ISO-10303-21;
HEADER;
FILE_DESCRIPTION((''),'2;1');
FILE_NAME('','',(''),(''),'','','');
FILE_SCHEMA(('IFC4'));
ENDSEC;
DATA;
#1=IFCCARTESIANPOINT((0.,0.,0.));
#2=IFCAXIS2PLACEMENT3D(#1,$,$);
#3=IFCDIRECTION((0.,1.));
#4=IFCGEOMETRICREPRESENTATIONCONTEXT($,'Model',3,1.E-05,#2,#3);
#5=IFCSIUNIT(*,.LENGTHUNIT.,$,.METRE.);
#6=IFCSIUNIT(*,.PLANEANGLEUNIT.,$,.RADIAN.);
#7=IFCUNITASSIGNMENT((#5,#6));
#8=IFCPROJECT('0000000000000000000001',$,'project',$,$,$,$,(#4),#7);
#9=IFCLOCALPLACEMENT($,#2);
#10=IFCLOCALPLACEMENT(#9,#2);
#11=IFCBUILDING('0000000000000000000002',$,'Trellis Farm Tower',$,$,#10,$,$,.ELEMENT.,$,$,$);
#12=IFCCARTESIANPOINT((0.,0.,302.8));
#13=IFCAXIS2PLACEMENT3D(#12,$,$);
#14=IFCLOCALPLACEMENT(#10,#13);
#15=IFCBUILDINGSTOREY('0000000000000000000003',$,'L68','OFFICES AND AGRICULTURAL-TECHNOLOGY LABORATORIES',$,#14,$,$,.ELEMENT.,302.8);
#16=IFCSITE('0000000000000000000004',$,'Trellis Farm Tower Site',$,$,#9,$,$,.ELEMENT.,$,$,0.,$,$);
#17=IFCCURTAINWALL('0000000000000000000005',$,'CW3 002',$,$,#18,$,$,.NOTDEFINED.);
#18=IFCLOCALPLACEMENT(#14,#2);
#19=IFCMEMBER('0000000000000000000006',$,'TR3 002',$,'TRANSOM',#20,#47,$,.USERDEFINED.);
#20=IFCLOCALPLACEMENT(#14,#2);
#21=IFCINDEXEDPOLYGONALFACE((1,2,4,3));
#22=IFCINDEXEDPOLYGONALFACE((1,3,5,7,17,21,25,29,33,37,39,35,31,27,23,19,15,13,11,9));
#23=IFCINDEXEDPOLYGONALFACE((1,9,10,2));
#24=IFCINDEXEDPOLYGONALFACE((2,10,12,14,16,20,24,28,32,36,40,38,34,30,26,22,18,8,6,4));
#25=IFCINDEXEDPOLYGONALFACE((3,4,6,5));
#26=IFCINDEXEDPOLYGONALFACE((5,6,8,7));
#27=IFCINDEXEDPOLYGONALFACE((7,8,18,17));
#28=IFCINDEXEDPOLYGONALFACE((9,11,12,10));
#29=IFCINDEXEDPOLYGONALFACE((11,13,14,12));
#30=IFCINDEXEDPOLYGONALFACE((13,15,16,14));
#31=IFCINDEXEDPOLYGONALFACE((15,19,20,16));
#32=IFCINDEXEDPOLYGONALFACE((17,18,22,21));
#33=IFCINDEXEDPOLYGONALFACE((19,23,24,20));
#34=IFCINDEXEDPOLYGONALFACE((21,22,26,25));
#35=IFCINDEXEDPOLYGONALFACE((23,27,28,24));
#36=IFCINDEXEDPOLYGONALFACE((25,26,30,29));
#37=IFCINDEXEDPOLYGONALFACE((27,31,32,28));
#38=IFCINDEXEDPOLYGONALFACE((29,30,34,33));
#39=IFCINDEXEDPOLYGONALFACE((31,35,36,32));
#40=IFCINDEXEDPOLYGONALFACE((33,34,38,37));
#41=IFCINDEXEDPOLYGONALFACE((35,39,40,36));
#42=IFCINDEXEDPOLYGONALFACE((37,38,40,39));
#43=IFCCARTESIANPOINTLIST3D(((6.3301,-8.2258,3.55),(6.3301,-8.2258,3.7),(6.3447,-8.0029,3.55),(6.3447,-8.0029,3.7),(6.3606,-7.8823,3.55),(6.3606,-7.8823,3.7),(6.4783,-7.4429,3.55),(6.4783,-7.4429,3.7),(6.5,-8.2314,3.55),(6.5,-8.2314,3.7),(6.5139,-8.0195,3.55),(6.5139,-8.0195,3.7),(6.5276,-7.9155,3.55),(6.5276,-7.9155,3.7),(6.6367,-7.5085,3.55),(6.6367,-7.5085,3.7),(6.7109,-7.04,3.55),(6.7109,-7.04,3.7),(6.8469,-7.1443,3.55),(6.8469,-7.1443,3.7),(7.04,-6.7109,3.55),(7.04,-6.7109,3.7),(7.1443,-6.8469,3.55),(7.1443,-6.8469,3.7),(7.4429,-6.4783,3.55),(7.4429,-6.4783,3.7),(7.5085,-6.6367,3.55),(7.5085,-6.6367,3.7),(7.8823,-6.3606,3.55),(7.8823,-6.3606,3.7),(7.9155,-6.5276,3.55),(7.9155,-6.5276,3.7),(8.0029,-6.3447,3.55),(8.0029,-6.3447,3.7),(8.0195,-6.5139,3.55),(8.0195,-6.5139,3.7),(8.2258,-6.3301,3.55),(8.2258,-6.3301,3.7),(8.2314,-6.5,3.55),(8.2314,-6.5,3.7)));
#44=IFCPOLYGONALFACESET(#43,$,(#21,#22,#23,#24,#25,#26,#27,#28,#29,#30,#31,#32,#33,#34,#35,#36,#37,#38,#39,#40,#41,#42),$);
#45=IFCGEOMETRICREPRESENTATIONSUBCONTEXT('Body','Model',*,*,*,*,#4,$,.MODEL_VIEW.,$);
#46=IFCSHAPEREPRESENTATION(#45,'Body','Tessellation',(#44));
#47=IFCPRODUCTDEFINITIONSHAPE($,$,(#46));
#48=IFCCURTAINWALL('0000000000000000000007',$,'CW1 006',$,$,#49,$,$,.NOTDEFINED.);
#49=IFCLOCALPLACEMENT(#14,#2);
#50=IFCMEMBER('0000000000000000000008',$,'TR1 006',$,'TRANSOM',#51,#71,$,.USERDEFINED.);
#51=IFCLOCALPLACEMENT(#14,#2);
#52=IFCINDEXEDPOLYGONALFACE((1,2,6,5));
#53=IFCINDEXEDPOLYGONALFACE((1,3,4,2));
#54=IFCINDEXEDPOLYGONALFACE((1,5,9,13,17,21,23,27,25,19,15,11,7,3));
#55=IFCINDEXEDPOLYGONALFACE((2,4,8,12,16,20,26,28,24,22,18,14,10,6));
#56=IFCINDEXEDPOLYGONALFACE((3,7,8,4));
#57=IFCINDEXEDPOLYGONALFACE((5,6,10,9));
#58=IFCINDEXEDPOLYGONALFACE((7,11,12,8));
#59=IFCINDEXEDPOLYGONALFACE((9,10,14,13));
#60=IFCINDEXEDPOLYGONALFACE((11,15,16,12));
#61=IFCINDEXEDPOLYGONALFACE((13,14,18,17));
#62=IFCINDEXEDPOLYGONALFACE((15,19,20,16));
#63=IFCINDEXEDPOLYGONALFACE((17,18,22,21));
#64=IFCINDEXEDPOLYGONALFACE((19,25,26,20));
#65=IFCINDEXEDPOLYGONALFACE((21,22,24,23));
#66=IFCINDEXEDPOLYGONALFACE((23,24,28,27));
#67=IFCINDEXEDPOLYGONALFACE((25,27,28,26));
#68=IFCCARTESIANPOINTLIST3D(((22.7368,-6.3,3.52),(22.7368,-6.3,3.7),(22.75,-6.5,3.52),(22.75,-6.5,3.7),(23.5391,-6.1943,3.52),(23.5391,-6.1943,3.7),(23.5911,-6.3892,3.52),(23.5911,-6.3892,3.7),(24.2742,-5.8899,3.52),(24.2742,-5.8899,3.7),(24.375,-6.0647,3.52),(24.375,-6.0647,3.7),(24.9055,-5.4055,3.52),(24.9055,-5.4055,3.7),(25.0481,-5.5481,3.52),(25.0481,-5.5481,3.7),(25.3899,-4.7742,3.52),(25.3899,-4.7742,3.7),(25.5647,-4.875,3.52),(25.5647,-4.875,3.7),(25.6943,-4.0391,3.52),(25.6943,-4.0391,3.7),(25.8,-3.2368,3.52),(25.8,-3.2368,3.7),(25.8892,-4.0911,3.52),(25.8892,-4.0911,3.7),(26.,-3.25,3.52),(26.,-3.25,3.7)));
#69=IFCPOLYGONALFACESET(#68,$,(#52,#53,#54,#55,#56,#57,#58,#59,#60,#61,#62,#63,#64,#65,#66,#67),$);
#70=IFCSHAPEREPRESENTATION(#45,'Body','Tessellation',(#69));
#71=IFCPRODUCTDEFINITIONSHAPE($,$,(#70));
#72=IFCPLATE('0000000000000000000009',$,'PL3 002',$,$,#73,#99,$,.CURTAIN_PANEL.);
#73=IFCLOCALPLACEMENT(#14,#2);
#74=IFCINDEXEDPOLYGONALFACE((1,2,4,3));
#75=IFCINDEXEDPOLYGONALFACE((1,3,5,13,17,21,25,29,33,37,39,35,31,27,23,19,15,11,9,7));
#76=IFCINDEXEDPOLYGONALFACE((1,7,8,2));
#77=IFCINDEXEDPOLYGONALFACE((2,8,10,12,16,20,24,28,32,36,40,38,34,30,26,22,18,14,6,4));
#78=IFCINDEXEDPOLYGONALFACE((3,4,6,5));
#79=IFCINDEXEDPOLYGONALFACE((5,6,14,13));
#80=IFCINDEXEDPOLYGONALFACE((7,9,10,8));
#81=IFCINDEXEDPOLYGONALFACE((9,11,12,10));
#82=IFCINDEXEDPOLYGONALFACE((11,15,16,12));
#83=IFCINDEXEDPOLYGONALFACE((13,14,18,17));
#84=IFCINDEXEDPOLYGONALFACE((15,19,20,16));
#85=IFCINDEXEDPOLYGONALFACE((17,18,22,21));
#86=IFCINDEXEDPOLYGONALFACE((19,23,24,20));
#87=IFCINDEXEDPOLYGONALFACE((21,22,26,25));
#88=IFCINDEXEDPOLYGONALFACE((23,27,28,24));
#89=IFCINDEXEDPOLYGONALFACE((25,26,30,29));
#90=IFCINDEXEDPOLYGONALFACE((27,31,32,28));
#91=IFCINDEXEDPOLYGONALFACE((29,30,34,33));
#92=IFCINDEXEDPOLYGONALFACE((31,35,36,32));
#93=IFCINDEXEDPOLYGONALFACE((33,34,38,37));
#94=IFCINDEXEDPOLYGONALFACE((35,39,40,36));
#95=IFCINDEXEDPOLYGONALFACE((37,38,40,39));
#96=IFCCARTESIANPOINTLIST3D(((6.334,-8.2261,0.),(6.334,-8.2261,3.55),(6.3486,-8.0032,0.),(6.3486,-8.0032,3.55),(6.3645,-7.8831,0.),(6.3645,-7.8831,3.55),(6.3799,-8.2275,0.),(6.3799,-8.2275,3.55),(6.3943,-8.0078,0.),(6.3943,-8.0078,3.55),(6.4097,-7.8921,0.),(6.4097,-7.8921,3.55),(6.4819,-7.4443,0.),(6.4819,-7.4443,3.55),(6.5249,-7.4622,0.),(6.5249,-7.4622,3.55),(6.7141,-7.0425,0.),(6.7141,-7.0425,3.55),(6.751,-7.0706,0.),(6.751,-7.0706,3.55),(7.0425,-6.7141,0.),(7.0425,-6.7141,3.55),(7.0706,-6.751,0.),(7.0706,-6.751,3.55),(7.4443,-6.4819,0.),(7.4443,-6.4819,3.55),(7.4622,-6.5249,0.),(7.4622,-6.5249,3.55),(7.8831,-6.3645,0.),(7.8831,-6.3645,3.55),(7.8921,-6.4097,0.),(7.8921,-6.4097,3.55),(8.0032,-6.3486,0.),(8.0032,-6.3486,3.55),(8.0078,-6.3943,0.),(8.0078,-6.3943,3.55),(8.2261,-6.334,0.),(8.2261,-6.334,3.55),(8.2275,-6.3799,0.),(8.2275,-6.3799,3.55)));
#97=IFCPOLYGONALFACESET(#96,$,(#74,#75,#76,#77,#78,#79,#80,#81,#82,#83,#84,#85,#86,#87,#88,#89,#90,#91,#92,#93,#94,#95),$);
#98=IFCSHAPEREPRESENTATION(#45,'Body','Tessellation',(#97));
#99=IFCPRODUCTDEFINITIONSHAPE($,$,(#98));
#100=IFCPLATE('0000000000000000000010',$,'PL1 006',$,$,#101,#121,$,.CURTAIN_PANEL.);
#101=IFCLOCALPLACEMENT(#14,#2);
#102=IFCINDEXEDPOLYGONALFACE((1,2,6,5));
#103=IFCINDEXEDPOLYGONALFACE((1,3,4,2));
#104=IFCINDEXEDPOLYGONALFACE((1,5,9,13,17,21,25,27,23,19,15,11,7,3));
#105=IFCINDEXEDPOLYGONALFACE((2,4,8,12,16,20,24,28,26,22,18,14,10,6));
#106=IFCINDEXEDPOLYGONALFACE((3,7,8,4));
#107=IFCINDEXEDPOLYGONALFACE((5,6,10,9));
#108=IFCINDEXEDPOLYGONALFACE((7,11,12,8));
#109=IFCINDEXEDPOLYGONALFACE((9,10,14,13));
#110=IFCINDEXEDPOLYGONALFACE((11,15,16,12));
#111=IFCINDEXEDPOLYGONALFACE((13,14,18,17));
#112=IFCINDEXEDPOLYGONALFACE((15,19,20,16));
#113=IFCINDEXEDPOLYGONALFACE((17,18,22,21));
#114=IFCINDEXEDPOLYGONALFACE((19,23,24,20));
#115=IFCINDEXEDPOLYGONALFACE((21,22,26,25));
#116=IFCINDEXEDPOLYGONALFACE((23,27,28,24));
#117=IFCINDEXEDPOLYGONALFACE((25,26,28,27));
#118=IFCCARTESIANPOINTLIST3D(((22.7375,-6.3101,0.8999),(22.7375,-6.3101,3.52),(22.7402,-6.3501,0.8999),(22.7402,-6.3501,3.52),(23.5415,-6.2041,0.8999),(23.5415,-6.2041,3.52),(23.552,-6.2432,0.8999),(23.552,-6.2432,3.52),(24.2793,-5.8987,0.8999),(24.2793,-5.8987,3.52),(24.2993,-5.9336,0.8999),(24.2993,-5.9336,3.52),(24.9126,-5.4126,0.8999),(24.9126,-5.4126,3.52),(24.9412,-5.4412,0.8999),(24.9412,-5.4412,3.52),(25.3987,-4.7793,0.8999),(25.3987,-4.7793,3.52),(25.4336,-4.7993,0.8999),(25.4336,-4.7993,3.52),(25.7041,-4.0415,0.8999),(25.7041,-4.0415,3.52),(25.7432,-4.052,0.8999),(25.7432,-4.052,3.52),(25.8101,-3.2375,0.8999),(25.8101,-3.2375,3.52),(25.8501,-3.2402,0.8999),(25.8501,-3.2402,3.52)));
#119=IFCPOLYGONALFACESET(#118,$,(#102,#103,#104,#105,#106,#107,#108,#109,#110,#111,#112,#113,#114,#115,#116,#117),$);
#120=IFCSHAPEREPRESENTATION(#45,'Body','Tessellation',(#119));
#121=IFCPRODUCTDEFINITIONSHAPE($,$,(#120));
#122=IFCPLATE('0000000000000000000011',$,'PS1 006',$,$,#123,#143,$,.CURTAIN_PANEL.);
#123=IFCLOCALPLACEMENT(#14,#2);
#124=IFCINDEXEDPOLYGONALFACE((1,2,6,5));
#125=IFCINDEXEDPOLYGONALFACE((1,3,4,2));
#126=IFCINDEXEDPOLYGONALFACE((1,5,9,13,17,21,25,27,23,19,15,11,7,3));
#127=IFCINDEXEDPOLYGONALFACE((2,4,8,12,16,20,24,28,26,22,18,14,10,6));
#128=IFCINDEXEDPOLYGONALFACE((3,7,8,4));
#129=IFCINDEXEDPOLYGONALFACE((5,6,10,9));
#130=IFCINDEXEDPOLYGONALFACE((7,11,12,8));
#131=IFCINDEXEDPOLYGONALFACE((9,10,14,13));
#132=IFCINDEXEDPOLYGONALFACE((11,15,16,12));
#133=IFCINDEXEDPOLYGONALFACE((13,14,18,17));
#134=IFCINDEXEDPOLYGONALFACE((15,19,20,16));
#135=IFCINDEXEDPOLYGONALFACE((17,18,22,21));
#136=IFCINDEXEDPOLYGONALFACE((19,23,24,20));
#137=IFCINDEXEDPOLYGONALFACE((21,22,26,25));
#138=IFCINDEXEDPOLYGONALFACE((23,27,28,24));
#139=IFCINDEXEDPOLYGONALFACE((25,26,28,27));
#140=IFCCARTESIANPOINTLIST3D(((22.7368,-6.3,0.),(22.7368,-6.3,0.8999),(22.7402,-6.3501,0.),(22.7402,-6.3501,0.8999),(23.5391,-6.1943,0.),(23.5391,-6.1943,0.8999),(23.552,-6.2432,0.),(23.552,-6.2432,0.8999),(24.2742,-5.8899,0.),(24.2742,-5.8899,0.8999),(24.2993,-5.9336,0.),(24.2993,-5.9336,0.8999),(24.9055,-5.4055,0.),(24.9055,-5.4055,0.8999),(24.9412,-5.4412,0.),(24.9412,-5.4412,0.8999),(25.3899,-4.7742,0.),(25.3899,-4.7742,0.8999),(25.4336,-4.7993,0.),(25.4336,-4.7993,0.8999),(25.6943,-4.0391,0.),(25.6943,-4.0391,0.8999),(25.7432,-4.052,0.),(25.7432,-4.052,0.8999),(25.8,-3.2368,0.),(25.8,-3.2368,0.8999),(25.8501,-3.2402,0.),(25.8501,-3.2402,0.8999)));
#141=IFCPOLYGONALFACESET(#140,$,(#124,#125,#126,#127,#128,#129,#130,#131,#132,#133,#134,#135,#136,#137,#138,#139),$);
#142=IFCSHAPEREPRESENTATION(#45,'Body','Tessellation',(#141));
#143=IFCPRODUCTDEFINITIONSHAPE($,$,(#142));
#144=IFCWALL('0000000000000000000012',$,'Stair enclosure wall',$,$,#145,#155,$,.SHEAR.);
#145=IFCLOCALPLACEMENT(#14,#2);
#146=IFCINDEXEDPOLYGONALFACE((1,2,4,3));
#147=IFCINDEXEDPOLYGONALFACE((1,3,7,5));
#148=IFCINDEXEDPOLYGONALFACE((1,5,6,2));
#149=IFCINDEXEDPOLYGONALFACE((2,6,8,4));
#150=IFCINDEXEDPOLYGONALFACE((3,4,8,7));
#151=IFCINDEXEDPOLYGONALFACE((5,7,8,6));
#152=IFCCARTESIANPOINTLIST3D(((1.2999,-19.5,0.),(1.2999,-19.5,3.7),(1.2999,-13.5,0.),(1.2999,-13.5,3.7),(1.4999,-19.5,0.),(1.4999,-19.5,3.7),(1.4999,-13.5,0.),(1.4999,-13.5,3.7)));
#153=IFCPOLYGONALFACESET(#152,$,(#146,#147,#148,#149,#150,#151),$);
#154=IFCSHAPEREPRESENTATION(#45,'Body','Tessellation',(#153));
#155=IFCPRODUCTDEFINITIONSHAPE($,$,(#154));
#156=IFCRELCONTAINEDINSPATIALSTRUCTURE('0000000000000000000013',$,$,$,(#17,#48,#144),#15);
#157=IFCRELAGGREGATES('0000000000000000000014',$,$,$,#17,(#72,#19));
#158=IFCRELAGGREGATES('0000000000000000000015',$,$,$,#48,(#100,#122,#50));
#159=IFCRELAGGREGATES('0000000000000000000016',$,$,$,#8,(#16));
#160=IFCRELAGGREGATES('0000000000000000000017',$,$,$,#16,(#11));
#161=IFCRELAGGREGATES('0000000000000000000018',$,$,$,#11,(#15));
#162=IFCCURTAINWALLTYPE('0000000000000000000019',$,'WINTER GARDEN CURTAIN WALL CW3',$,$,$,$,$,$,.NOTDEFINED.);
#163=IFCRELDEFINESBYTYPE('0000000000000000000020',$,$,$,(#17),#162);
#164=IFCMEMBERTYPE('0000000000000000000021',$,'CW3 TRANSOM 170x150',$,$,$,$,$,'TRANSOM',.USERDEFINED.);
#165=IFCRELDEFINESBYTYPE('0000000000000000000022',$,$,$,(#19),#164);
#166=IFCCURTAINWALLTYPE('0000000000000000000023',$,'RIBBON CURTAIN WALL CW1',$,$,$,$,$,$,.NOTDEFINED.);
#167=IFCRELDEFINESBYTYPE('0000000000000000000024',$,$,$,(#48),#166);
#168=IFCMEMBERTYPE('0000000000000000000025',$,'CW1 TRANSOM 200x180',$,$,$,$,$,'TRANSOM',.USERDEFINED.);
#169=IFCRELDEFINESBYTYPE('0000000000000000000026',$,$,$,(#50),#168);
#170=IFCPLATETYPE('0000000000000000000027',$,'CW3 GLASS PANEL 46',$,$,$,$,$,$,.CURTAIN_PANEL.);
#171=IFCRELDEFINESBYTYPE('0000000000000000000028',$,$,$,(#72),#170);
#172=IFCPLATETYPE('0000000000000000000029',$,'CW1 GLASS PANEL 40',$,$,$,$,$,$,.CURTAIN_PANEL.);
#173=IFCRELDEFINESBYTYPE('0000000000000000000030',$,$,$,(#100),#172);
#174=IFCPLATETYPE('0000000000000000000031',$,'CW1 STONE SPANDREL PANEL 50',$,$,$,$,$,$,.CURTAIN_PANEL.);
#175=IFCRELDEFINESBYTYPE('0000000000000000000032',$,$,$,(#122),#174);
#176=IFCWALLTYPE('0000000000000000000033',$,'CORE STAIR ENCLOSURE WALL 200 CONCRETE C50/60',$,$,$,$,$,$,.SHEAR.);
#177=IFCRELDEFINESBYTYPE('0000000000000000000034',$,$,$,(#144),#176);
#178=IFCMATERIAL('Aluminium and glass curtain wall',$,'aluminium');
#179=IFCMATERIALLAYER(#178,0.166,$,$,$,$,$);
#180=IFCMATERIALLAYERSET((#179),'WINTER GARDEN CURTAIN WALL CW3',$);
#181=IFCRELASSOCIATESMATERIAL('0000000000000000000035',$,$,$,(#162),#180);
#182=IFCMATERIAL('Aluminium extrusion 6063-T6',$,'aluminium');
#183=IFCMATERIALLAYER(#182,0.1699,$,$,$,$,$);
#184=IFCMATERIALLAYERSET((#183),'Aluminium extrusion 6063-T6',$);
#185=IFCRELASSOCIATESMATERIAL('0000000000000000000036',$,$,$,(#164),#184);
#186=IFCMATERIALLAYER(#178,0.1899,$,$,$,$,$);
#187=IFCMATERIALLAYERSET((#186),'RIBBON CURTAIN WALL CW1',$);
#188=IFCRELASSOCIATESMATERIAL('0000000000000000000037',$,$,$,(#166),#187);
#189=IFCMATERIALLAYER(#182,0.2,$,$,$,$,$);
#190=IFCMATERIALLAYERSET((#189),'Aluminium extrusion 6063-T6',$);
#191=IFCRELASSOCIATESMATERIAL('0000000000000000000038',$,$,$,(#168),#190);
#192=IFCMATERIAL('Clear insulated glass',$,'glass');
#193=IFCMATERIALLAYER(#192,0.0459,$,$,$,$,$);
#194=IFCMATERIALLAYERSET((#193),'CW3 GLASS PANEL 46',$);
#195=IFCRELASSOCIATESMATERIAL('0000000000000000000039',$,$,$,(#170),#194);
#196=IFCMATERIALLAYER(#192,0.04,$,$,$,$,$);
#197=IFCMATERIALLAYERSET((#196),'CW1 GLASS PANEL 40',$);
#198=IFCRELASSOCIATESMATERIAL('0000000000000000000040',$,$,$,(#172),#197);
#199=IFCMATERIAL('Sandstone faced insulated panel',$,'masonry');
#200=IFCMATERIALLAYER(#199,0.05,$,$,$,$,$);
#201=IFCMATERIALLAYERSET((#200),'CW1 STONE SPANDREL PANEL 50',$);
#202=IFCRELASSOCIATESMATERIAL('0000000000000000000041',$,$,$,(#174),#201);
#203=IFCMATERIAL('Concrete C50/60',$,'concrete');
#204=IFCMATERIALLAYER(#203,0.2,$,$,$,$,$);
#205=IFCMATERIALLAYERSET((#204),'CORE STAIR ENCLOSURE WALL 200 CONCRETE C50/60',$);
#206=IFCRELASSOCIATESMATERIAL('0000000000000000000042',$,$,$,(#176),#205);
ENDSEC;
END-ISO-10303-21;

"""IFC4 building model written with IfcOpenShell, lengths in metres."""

from ifc_helpers import new_model, si_unit, direction, frame, frame_2d, origin, place, context, subcontext, project, spatial, polyline, rectangle, outline, extrude, source, transform, mapped, material, layer, layer_set, type_object, element, aggregate, save


model = new_model("IFC4")

# Units and contexts
model_context = context("Model", 3, precision=1e-05, world=origin(), true_north=direction((0.0, 1.0)))
body_context = subcontext(model_context, "Body", "Model", "MODEL_VIEW")
ifc_project = project(units=[si_unit("LENGTHUNIT", "METRE"), si_unit("PLANEANGLEUNIT", "RADIAN")], contexts=[model_context])

# Site, building, storey
site_placement = place(None, origin())
site = spatial("IfcSite", under=ifc_project, at=site_placement, Name="Trellis Farm Tower Site", CompositionType="ELEMENT", RefElevation=0.0)
building_placement = place(site_placement, origin())
building = spatial("IfcBuilding", under=site, at=building_placement, Name="Trellis Farm Tower", CompositionType="ELEMENT")
storey_placement = place(building_placement, frame((0.0, 0.0, 302.8)))
storey = spatial("IfcBuildingStorey", under=building, at=storey_placement, Name="L68", Description="OFFICES AND AGRICULTURAL-TECHNOLOGY LABORATORIES", CompositionType="ELEMENT", Elevation=302.8)

# Curtain walls, members
ifc_material_1 = material(Name="Aluminium and glass curtain wall", Category="aluminium")
ifc_layer_1 = layer(ifc_material_1, 0.166)
ifc_layer_set_1 = layer_set([ifc_layer_1], Name="WINTER GARDEN CURTAIN WALL CW3")
curtain_wall_type_1 = type_object("IfcCurtainWallType", Name="WINTER GARDEN CURTAIN WALL CW3", PredefinedType="NOTDEFINED", material=ifc_layer_set_1)
placement_1 = place(storey_placement, origin())
curtain_wall_1 = element("IfcCurtainWall", 1, at=placement_1, inside=storey, type_object=curtain_wall_type_1, Name="CW3 002", PredefinedType="NOTDEFINED")
ifc_material_2 = material(Name="Aluminium extrusion 6063-T6", Category="aluminium")
ifc_layer_2 = layer(ifc_material_2, 0.1699)
ifc_layer_set_2 = layer_set([ifc_layer_2], Name="Aluminium extrusion 6063-T6")
member_type_1 = type_object("IfcMemberType", Name="CW3 TRANSOM 170x150", ElementType="TRANSOM", PredefinedType="USERDEFINED", material=ifc_layer_set_2)
shared_shape_1 = source(origin(), body_context, "Body", "SweptSolid", [
    extrude(outline(polyline([(6.5, -8.2314), (6.5139, -8.0195), (6.5276, -7.9155), (6.6367, -7.5085), (6.8469, -7.1443), (7.1443, -6.8469), (7.5085, -6.6367), (7.9155, -6.5276), (8.0195, -6.5139), (8.2314, -6.5), (8.2258, -6.3301), (8.0029, -6.3447), (7.8823, -6.3606), (7.4429, -6.4783), (7.04, -6.7109), (6.7109, -7.04), (6.4783, -7.4429), (6.3606, -7.8823), (6.3447, -8.0029), (6.3301, -8.2258), (6.5, -8.2314)])), origin(), (0.0, 0.0, 1.0), 0.1499),
])
member_1_placement = place(storey_placement, frame((0.0, 0.0, 3.55)))
member_1 = element("IfcMember", 2, at=member_1_placement, type_object=member_type_1, Name="TR3 002", ObjectType="TRANSOM", PredefinedType="USERDEFINED", context=body_context, shape_type="MappedRepresentation", body=[
    mapped(shared_shape_1, transform((0.0, 0.0, 0.0))),
])
ifc_layer_3 = layer(ifc_material_1, 0.1899)
ifc_layer_set_3 = layer_set([ifc_layer_3], Name="RIBBON CURTAIN WALL CW1")
curtain_wall_type_2 = type_object("IfcCurtainWallType", Name="RIBBON CURTAIN WALL CW1", PredefinedType="NOTDEFINED", material=ifc_layer_set_3)
curtain_wall_2 = element("IfcCurtainWall", 3, at=placement_1, inside=storey, type_object=curtain_wall_type_2, Name="CW1 006", PredefinedType="NOTDEFINED")
ifc_layer_4 = layer(ifc_material_2, 0.2)
ifc_layer_set_4 = layer_set([ifc_layer_4], Name="Aluminium extrusion 6063-T6")
member_type_2 = type_object("IfcMemberType", Name="CW1 TRANSOM 200x180", ElementType="TRANSOM", PredefinedType="USERDEFINED", material=ifc_layer_set_4)
shared_shape_2 = source(origin(), body_context, "Body", "SweptSolid", [
    extrude(outline(polyline([(22.75, -6.5), (23.5911, -6.3892), (24.375, -6.0647), (25.0481, -5.5481), (25.5647, -4.875), (25.8892, -4.0911), (26.0, -3.25), (25.8, -3.2368), (25.6943, -4.0391), (25.3899, -4.7742), (24.9055, -5.4055), (24.2742, -5.8899), (23.5391, -6.1943), (22.7368, -6.3), (22.75, -6.5)])), origin(), (0.0, 0.0, 1.0), 0.1799),
])
member_2_placement = place(storey_placement, frame((0.0, 0.0, 3.52)))
member_2 = element("IfcMember", 4, at=member_2_placement, type_object=member_type_2, Name="TR1 006", ObjectType="TRANSOM", PredefinedType="USERDEFINED", context=body_context, shape_type="MappedRepresentation", body=[
    mapped(shared_shape_2, transform((0.0, 0.0, 0.0))),
])

# Plates
ifc_material_3 = material(Name="Clear insulated glass", Category="glass")
ifc_layer_5 = layer(ifc_material_3, 0.0459)
ifc_layer_set_5 = layer_set([ifc_layer_5], Name="CW3 GLASS PANEL 46")
plate_type_1 = type_object("IfcPlateType", Name="CW3 GLASS PANEL 46", PredefinedType="CURTAIN_PANEL", material=ifc_layer_set_5)
shared_shape_3 = source(origin(), body_context, "Body", "SweptSolid", [
    extrude(outline(polyline([(6.3799, -8.2275), (6.3943, -8.0078), (6.4097, -7.8921), (6.5249, -7.4622), (6.751, -7.0706), (7.0706, -6.751), (7.4622, -6.5249), (7.8921, -6.4097), (8.0078, -6.3943), (8.2275, -6.3799), (8.2261, -6.334), (8.0032, -6.3486), (7.8831, -6.3645), (7.4443, -6.4819), (7.0425, -6.7141), (6.7141, -7.0425), (6.4819, -7.4443), (6.3645, -7.8831), (6.3486, -8.0032), (6.334, -8.2261), (6.3799, -8.2275)])), origin(), (0.0, 0.0, 1.0), 3.55),
])
plate_1 = element("IfcPlate", 5, at=placement_1, type_object=plate_type_1, Name="PL3 002", PredefinedType="CURTAIN_PANEL", context=body_context, shape_type="MappedRepresentation", body=[
    mapped(shared_shape_3, transform((0.0, 0.0, 0.0))),
])
aggregate(curtain_wall_1, [plate_1, member_1])
ifc_layer_6 = layer(ifc_material_3, 0.04)
ifc_layer_set_6 = layer_set([ifc_layer_6], Name="CW1 GLASS PANEL 40")
plate_type_2 = type_object("IfcPlateType", Name="CW1 GLASS PANEL 40", PredefinedType="CURTAIN_PANEL", material=ifc_layer_set_6)
shared_shape_4 = source(origin(), body_context, "Body", "SweptSolid", [
    extrude(outline(polyline([(22.7402, -6.3501), (23.552, -6.2432), (24.2993, -5.9336), (24.9412, -5.4412), (25.4336, -4.7993), (25.7432, -4.052), (25.8501, -3.2402), (25.8101, -3.2375), (25.7041, -4.0415), (25.3987, -4.7793), (24.9126, -5.4126), (24.2793, -5.8987), (23.5415, -6.2041), (22.7375, -6.3101), (22.7402, -6.3501)])), origin(), (0.0, 0.0, 1.0), 2.6201),
])
plate_2_placement = place(storey_placement, frame((0.0, 0.0, 0.8999)))
plate_2 = element("IfcPlate", 6, at=plate_2_placement, type_object=plate_type_2, Name="PL1 006", PredefinedType="CURTAIN_PANEL", context=body_context, shape_type="MappedRepresentation", body=[
    mapped(shared_shape_4, transform((0.0, 0.0, 0.0))),
])
ifc_material_4 = material(Name="Sandstone faced insulated panel", Category="masonry")
ifc_layer_7 = layer(ifc_material_4, 0.05)
ifc_layer_set_7 = layer_set([ifc_layer_7], Name="CW1 STONE SPANDREL PANEL 50")
plate_type_3 = type_object("IfcPlateType", Name="CW1 STONE SPANDREL PANEL 50", PredefinedType="CURTAIN_PANEL", material=ifc_layer_set_7)
shared_shape_5 = source(origin(), body_context, "Body", "SweptSolid", [
    extrude(outline(polyline([(22.7402, -6.3501), (23.552, -6.2432), (24.2993, -5.9336), (24.9412, -5.4412), (25.4336, -4.7993), (25.7432, -4.052), (25.8501, -3.2402), (25.8, -3.2368), (25.6943, -4.0391), (25.3899, -4.7742), (24.9055, -5.4055), (24.2742, -5.8899), (23.5391, -6.1943), (22.7368, -6.3), (22.7402, -6.3501)])), origin(), (0.0, 0.0, 1.0), 0.8999),
])
plate_3 = element("IfcPlate", 7, at=placement_1, type_object=plate_type_3, Name="PS1 006", PredefinedType="CURTAIN_PANEL", context=body_context, shape_type="MappedRepresentation", body=[
    mapped(shared_shape_5, transform((0.0, 0.0, 0.0))),
])
aggregate(curtain_wall_2, [plate_2, plate_3, member_2])

# Wall
ifc_material_5 = material(Name="Concrete C50/60", Category="concrete")
ifc_layer_8 = layer(ifc_material_5, 0.2)
ifc_layer_set_8 = layer_set([ifc_layer_8], Name="CORE STAIR ENCLOSURE WALL 200 CONCRETE C50/60")
wall_type_1 = type_object("IfcWallType", Name="CORE STAIR ENCLOSURE WALL 200 CONCRETE C50/60", PredefinedType="SHEAR", material=ifc_layer_set_8)
shared_shape_6 = source(origin(), body_context, "Body", "SweptSolid", [
    extrude(rectangle(XDim=6.0, YDim=0.2, at=frame_2d((3.0, 0.0))), origin(), (0.0, 0.0, 1.0), 3.7),
])
wall_1_placement = place(storey_placement, frame((1.3999, -13.5, 0.0), z_axis=(0.0, 0.0, 1.0), x_axis=(0.0, -1.0, 0.0)))
element("IfcWall", 8, at=wall_1_placement, inside=storey, type_object=wall_type_1, Name="Stair enclosure wall", PredefinedType="SHEAR", context=body_context, shape_type="MappedRepresentation", body=[
    mapped(shared_shape_6, transform((0.0, 0.0, 0.0))),
])

save(model, "model.ifc")
